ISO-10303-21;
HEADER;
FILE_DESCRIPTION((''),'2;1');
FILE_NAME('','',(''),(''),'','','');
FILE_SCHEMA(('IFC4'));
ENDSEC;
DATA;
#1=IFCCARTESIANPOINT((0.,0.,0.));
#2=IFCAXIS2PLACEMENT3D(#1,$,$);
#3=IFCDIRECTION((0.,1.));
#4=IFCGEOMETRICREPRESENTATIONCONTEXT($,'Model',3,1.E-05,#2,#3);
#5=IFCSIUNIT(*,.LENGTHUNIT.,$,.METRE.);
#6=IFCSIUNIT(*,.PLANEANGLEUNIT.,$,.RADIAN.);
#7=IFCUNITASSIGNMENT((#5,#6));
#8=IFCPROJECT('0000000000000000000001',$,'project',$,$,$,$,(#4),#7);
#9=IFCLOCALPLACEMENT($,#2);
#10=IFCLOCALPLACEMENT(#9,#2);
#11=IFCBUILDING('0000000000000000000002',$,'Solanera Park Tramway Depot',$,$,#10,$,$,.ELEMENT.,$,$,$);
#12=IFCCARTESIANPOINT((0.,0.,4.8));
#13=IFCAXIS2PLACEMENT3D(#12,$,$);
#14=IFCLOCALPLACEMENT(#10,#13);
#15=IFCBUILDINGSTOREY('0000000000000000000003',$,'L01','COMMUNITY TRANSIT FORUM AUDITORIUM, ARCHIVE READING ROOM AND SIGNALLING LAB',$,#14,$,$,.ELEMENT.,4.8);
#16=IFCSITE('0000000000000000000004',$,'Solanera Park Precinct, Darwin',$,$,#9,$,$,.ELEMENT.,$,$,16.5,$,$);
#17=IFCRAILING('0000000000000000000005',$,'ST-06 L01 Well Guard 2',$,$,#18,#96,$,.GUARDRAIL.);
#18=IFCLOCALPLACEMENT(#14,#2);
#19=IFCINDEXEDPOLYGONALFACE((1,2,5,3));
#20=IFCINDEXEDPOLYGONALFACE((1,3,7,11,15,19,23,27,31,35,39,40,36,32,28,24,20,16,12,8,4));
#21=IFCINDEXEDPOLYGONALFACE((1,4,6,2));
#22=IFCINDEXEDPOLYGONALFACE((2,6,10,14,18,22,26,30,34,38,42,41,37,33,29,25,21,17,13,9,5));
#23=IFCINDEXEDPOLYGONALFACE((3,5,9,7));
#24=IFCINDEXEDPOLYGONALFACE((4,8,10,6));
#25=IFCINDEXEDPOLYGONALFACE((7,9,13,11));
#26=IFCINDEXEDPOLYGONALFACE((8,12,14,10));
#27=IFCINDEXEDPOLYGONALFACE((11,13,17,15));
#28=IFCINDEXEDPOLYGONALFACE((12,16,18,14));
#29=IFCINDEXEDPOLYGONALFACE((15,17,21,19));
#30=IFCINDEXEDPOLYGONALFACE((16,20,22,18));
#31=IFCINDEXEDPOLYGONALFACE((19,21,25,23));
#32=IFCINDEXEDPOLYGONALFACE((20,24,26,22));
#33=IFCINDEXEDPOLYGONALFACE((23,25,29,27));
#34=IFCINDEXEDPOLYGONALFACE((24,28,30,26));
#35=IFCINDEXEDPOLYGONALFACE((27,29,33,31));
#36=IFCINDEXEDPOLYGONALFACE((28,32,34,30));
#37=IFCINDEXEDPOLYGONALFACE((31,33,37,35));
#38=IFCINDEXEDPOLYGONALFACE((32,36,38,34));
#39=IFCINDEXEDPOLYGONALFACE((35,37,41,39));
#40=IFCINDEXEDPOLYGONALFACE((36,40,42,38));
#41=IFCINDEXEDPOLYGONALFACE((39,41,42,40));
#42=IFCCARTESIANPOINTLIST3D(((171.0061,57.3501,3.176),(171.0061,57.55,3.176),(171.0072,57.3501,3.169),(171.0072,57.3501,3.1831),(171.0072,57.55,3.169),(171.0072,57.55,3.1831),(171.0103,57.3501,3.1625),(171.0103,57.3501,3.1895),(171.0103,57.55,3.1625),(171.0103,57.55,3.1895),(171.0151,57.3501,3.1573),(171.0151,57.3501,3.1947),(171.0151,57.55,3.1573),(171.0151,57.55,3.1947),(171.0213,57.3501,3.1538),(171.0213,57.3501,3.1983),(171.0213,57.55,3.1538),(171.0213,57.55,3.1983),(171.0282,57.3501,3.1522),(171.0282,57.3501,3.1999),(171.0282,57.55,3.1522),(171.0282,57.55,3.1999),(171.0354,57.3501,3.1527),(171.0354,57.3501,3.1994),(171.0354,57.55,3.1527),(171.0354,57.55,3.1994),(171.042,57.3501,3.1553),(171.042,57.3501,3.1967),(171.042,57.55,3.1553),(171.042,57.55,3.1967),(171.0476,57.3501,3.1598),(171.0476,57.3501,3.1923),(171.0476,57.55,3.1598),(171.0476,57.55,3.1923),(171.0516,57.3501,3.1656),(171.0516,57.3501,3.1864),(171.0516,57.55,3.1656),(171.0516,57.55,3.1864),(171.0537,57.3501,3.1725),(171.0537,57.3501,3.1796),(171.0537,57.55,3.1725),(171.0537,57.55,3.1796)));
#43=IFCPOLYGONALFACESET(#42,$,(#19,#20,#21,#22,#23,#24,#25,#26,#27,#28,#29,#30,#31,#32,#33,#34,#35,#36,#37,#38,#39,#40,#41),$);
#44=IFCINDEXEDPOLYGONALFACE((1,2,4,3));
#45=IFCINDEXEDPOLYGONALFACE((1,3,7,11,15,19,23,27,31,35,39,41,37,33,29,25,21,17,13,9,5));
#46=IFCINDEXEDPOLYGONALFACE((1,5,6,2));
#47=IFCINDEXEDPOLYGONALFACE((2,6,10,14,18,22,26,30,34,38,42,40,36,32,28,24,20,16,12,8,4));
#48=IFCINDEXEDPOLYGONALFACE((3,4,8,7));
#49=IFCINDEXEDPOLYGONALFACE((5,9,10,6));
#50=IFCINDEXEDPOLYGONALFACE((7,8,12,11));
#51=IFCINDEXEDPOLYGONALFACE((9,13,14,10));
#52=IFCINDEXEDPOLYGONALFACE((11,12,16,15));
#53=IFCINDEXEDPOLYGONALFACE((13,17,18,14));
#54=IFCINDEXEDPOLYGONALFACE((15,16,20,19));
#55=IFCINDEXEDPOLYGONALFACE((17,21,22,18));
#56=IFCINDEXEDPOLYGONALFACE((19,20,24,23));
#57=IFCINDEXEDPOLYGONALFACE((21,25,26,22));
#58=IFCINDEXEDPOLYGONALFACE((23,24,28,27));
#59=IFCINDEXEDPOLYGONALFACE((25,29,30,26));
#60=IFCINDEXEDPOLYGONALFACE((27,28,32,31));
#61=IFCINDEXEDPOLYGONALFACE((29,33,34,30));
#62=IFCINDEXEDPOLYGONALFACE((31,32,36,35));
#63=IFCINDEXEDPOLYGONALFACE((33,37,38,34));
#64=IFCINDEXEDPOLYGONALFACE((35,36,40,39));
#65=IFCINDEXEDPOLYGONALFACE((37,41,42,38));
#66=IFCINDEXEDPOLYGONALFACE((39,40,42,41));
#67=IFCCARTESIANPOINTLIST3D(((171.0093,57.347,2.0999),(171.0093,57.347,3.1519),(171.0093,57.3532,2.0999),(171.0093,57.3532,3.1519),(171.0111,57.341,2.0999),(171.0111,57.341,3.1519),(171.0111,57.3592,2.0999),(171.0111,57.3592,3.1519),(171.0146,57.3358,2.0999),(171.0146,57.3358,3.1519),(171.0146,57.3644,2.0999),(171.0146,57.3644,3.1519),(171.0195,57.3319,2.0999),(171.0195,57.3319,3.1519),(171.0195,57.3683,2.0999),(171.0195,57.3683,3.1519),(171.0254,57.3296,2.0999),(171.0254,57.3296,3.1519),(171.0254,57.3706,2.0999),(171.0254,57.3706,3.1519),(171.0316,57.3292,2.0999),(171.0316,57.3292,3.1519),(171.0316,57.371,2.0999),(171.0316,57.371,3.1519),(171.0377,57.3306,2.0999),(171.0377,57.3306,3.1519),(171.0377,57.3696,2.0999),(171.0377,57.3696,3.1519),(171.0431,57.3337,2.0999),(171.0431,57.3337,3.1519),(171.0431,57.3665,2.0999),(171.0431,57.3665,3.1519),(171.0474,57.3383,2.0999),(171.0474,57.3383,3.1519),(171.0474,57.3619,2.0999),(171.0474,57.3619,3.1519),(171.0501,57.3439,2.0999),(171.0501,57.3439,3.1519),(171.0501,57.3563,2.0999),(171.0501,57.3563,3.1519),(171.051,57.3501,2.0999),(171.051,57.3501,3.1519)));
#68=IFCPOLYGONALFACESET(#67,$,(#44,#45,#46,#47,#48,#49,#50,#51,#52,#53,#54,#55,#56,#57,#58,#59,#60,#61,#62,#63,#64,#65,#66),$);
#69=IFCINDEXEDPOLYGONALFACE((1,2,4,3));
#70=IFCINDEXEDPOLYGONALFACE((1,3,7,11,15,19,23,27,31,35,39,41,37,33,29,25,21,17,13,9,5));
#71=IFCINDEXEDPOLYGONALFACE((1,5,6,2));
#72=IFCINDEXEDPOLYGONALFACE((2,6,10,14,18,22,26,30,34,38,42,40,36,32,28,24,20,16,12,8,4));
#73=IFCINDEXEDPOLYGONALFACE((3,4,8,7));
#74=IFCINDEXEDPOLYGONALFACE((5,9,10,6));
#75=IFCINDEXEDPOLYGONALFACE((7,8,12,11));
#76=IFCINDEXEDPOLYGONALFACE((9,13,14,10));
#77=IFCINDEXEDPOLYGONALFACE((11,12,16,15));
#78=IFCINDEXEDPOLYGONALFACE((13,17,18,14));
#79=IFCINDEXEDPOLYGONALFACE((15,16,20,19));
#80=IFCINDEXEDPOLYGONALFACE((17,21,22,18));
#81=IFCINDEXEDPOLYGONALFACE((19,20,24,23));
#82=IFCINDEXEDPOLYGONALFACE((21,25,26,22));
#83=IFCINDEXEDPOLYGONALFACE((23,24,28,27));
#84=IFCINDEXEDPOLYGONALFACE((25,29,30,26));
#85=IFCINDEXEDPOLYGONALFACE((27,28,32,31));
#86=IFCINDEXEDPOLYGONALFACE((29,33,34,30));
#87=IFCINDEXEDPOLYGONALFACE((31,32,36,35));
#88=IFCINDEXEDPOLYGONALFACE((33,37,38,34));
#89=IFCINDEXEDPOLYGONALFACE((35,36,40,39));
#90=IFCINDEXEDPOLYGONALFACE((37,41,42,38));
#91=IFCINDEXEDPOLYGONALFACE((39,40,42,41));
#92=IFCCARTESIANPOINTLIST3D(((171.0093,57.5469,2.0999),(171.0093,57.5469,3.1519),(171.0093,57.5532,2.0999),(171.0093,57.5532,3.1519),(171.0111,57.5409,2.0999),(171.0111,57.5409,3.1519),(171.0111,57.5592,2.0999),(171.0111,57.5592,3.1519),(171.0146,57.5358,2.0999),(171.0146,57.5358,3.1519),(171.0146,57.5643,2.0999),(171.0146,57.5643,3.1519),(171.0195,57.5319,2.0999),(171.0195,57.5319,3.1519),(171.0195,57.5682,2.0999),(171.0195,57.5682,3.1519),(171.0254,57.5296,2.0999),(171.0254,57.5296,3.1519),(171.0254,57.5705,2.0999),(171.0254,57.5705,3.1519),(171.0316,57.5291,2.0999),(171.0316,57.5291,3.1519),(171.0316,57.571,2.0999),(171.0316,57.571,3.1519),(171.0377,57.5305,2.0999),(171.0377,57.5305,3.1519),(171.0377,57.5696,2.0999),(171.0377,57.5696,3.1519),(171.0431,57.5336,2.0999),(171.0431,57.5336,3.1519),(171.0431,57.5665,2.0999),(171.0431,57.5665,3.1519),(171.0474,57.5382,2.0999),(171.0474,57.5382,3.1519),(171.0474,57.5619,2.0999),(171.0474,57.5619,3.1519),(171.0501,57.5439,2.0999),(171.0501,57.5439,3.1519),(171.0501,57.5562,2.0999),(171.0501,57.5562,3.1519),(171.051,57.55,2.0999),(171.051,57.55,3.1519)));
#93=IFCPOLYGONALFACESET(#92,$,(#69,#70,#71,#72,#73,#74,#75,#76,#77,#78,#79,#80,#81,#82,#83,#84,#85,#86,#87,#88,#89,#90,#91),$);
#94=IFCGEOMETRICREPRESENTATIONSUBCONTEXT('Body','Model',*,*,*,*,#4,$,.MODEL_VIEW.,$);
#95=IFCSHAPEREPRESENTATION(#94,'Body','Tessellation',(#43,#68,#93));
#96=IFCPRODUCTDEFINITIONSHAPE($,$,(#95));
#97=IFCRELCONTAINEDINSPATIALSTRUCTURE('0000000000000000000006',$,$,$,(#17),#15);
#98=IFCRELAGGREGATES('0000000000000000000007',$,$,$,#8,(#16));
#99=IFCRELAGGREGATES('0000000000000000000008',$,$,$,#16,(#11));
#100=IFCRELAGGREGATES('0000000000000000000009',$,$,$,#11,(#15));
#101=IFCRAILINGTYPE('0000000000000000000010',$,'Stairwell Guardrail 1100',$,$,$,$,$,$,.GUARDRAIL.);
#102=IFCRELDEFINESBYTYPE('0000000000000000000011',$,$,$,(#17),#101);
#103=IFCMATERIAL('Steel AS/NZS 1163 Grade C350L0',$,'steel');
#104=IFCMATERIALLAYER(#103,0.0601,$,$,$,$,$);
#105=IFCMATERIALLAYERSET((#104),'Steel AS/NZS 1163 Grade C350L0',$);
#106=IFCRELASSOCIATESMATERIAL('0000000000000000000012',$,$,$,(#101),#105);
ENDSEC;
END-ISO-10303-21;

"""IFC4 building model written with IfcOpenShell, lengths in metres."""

from ifc_helpers import new_model, si_unit, direction, frame, origin, origin_2d, place, context, subcontext, project, spatial, circle, extrude, material, layer, layer_set, type_object, element, save


model = new_model("IFC4")

# Units and contexts
model_context = context("Model", 3, precision=1e-05, world=origin(), true_north=direction((0.0, 1.0)))
body_context = subcontext(model_context, "Body", "Model", "MODEL_VIEW")
ifc_project = project(units=[si_unit("LENGTHUNIT", "METRE"), si_unit("PLANEANGLEUNIT", "RADIAN")], contexts=[model_context])

# Site, building, storey
site_placement = place(None, origin())
site = spatial("IfcSite", under=ifc_project, at=site_placement, Name="Solanera Park Precinct, Darwin", CompositionType="ELEMENT", RefElevation=16.5)
building_placement = place(site_placement, origin())
building = spatial("IfcBuilding", under=site, at=building_placement, Name="Solanera Park Tramway Depot", CompositionType="ELEMENT")
storey_placement = place(building_placement, frame((0.0, 0.0, 4.8)))
storey = spatial("IfcBuildingStorey", under=building, at=storey_placement, Name="L01", Description="COMMUNITY TRANSIT FORUM AUDITORIUM, ARCHIVE READING ROOM AND SIGNALLING LAB", CompositionType="ELEMENT", Elevation=4.8)

# Railing
ifc_material_1 = material(Name="Steel AS/NZS 1163 Grade C350L0", Category="steel")
ifc_layer_1 = layer(ifc_material_1, 0.0601)
ifc_layer_set_1 = layer_set([ifc_layer_1], Name="Steel AS/NZS 1163 Grade C350L0")
railing_type_1 = type_object("IfcRailingType", Name="Stairwell Guardrail 1100", PredefinedType="GUARDRAIL", material=ifc_layer_set_1)
railing_1_placement = place(storey_placement, frame((171.03, 57.3501, 2.0999)))
element("IfcRailing", 1, at=railing_1_placement, inside=storey, type_object=railing_type_1, Name="ST-06 L01 Well Guard 2", PredefinedType="GUARDRAIL", context=body_context, shape_type="SweptSolid", body=[
    extrude(circle(Radius=0.0239, at=origin_2d()), frame((0.0, 0.0, 1.0762), z_axis=(0.0, 1.0, 0.0), x_axis=(-1.0, 0.0, 0.0)), (0.0, 0.0, 1.0), 0.2),
    extrude(circle(Radius=0.021, at=origin_2d()), origin(), (0.0, 0.0, 1.0), 1.052),
    extrude(circle(Radius=0.021, at=origin_2d()), frame((0.0, 0.2, 0.0)), (0.0, 0.0, 1.0), 1.052),
])

save(model, "model.ifc")
